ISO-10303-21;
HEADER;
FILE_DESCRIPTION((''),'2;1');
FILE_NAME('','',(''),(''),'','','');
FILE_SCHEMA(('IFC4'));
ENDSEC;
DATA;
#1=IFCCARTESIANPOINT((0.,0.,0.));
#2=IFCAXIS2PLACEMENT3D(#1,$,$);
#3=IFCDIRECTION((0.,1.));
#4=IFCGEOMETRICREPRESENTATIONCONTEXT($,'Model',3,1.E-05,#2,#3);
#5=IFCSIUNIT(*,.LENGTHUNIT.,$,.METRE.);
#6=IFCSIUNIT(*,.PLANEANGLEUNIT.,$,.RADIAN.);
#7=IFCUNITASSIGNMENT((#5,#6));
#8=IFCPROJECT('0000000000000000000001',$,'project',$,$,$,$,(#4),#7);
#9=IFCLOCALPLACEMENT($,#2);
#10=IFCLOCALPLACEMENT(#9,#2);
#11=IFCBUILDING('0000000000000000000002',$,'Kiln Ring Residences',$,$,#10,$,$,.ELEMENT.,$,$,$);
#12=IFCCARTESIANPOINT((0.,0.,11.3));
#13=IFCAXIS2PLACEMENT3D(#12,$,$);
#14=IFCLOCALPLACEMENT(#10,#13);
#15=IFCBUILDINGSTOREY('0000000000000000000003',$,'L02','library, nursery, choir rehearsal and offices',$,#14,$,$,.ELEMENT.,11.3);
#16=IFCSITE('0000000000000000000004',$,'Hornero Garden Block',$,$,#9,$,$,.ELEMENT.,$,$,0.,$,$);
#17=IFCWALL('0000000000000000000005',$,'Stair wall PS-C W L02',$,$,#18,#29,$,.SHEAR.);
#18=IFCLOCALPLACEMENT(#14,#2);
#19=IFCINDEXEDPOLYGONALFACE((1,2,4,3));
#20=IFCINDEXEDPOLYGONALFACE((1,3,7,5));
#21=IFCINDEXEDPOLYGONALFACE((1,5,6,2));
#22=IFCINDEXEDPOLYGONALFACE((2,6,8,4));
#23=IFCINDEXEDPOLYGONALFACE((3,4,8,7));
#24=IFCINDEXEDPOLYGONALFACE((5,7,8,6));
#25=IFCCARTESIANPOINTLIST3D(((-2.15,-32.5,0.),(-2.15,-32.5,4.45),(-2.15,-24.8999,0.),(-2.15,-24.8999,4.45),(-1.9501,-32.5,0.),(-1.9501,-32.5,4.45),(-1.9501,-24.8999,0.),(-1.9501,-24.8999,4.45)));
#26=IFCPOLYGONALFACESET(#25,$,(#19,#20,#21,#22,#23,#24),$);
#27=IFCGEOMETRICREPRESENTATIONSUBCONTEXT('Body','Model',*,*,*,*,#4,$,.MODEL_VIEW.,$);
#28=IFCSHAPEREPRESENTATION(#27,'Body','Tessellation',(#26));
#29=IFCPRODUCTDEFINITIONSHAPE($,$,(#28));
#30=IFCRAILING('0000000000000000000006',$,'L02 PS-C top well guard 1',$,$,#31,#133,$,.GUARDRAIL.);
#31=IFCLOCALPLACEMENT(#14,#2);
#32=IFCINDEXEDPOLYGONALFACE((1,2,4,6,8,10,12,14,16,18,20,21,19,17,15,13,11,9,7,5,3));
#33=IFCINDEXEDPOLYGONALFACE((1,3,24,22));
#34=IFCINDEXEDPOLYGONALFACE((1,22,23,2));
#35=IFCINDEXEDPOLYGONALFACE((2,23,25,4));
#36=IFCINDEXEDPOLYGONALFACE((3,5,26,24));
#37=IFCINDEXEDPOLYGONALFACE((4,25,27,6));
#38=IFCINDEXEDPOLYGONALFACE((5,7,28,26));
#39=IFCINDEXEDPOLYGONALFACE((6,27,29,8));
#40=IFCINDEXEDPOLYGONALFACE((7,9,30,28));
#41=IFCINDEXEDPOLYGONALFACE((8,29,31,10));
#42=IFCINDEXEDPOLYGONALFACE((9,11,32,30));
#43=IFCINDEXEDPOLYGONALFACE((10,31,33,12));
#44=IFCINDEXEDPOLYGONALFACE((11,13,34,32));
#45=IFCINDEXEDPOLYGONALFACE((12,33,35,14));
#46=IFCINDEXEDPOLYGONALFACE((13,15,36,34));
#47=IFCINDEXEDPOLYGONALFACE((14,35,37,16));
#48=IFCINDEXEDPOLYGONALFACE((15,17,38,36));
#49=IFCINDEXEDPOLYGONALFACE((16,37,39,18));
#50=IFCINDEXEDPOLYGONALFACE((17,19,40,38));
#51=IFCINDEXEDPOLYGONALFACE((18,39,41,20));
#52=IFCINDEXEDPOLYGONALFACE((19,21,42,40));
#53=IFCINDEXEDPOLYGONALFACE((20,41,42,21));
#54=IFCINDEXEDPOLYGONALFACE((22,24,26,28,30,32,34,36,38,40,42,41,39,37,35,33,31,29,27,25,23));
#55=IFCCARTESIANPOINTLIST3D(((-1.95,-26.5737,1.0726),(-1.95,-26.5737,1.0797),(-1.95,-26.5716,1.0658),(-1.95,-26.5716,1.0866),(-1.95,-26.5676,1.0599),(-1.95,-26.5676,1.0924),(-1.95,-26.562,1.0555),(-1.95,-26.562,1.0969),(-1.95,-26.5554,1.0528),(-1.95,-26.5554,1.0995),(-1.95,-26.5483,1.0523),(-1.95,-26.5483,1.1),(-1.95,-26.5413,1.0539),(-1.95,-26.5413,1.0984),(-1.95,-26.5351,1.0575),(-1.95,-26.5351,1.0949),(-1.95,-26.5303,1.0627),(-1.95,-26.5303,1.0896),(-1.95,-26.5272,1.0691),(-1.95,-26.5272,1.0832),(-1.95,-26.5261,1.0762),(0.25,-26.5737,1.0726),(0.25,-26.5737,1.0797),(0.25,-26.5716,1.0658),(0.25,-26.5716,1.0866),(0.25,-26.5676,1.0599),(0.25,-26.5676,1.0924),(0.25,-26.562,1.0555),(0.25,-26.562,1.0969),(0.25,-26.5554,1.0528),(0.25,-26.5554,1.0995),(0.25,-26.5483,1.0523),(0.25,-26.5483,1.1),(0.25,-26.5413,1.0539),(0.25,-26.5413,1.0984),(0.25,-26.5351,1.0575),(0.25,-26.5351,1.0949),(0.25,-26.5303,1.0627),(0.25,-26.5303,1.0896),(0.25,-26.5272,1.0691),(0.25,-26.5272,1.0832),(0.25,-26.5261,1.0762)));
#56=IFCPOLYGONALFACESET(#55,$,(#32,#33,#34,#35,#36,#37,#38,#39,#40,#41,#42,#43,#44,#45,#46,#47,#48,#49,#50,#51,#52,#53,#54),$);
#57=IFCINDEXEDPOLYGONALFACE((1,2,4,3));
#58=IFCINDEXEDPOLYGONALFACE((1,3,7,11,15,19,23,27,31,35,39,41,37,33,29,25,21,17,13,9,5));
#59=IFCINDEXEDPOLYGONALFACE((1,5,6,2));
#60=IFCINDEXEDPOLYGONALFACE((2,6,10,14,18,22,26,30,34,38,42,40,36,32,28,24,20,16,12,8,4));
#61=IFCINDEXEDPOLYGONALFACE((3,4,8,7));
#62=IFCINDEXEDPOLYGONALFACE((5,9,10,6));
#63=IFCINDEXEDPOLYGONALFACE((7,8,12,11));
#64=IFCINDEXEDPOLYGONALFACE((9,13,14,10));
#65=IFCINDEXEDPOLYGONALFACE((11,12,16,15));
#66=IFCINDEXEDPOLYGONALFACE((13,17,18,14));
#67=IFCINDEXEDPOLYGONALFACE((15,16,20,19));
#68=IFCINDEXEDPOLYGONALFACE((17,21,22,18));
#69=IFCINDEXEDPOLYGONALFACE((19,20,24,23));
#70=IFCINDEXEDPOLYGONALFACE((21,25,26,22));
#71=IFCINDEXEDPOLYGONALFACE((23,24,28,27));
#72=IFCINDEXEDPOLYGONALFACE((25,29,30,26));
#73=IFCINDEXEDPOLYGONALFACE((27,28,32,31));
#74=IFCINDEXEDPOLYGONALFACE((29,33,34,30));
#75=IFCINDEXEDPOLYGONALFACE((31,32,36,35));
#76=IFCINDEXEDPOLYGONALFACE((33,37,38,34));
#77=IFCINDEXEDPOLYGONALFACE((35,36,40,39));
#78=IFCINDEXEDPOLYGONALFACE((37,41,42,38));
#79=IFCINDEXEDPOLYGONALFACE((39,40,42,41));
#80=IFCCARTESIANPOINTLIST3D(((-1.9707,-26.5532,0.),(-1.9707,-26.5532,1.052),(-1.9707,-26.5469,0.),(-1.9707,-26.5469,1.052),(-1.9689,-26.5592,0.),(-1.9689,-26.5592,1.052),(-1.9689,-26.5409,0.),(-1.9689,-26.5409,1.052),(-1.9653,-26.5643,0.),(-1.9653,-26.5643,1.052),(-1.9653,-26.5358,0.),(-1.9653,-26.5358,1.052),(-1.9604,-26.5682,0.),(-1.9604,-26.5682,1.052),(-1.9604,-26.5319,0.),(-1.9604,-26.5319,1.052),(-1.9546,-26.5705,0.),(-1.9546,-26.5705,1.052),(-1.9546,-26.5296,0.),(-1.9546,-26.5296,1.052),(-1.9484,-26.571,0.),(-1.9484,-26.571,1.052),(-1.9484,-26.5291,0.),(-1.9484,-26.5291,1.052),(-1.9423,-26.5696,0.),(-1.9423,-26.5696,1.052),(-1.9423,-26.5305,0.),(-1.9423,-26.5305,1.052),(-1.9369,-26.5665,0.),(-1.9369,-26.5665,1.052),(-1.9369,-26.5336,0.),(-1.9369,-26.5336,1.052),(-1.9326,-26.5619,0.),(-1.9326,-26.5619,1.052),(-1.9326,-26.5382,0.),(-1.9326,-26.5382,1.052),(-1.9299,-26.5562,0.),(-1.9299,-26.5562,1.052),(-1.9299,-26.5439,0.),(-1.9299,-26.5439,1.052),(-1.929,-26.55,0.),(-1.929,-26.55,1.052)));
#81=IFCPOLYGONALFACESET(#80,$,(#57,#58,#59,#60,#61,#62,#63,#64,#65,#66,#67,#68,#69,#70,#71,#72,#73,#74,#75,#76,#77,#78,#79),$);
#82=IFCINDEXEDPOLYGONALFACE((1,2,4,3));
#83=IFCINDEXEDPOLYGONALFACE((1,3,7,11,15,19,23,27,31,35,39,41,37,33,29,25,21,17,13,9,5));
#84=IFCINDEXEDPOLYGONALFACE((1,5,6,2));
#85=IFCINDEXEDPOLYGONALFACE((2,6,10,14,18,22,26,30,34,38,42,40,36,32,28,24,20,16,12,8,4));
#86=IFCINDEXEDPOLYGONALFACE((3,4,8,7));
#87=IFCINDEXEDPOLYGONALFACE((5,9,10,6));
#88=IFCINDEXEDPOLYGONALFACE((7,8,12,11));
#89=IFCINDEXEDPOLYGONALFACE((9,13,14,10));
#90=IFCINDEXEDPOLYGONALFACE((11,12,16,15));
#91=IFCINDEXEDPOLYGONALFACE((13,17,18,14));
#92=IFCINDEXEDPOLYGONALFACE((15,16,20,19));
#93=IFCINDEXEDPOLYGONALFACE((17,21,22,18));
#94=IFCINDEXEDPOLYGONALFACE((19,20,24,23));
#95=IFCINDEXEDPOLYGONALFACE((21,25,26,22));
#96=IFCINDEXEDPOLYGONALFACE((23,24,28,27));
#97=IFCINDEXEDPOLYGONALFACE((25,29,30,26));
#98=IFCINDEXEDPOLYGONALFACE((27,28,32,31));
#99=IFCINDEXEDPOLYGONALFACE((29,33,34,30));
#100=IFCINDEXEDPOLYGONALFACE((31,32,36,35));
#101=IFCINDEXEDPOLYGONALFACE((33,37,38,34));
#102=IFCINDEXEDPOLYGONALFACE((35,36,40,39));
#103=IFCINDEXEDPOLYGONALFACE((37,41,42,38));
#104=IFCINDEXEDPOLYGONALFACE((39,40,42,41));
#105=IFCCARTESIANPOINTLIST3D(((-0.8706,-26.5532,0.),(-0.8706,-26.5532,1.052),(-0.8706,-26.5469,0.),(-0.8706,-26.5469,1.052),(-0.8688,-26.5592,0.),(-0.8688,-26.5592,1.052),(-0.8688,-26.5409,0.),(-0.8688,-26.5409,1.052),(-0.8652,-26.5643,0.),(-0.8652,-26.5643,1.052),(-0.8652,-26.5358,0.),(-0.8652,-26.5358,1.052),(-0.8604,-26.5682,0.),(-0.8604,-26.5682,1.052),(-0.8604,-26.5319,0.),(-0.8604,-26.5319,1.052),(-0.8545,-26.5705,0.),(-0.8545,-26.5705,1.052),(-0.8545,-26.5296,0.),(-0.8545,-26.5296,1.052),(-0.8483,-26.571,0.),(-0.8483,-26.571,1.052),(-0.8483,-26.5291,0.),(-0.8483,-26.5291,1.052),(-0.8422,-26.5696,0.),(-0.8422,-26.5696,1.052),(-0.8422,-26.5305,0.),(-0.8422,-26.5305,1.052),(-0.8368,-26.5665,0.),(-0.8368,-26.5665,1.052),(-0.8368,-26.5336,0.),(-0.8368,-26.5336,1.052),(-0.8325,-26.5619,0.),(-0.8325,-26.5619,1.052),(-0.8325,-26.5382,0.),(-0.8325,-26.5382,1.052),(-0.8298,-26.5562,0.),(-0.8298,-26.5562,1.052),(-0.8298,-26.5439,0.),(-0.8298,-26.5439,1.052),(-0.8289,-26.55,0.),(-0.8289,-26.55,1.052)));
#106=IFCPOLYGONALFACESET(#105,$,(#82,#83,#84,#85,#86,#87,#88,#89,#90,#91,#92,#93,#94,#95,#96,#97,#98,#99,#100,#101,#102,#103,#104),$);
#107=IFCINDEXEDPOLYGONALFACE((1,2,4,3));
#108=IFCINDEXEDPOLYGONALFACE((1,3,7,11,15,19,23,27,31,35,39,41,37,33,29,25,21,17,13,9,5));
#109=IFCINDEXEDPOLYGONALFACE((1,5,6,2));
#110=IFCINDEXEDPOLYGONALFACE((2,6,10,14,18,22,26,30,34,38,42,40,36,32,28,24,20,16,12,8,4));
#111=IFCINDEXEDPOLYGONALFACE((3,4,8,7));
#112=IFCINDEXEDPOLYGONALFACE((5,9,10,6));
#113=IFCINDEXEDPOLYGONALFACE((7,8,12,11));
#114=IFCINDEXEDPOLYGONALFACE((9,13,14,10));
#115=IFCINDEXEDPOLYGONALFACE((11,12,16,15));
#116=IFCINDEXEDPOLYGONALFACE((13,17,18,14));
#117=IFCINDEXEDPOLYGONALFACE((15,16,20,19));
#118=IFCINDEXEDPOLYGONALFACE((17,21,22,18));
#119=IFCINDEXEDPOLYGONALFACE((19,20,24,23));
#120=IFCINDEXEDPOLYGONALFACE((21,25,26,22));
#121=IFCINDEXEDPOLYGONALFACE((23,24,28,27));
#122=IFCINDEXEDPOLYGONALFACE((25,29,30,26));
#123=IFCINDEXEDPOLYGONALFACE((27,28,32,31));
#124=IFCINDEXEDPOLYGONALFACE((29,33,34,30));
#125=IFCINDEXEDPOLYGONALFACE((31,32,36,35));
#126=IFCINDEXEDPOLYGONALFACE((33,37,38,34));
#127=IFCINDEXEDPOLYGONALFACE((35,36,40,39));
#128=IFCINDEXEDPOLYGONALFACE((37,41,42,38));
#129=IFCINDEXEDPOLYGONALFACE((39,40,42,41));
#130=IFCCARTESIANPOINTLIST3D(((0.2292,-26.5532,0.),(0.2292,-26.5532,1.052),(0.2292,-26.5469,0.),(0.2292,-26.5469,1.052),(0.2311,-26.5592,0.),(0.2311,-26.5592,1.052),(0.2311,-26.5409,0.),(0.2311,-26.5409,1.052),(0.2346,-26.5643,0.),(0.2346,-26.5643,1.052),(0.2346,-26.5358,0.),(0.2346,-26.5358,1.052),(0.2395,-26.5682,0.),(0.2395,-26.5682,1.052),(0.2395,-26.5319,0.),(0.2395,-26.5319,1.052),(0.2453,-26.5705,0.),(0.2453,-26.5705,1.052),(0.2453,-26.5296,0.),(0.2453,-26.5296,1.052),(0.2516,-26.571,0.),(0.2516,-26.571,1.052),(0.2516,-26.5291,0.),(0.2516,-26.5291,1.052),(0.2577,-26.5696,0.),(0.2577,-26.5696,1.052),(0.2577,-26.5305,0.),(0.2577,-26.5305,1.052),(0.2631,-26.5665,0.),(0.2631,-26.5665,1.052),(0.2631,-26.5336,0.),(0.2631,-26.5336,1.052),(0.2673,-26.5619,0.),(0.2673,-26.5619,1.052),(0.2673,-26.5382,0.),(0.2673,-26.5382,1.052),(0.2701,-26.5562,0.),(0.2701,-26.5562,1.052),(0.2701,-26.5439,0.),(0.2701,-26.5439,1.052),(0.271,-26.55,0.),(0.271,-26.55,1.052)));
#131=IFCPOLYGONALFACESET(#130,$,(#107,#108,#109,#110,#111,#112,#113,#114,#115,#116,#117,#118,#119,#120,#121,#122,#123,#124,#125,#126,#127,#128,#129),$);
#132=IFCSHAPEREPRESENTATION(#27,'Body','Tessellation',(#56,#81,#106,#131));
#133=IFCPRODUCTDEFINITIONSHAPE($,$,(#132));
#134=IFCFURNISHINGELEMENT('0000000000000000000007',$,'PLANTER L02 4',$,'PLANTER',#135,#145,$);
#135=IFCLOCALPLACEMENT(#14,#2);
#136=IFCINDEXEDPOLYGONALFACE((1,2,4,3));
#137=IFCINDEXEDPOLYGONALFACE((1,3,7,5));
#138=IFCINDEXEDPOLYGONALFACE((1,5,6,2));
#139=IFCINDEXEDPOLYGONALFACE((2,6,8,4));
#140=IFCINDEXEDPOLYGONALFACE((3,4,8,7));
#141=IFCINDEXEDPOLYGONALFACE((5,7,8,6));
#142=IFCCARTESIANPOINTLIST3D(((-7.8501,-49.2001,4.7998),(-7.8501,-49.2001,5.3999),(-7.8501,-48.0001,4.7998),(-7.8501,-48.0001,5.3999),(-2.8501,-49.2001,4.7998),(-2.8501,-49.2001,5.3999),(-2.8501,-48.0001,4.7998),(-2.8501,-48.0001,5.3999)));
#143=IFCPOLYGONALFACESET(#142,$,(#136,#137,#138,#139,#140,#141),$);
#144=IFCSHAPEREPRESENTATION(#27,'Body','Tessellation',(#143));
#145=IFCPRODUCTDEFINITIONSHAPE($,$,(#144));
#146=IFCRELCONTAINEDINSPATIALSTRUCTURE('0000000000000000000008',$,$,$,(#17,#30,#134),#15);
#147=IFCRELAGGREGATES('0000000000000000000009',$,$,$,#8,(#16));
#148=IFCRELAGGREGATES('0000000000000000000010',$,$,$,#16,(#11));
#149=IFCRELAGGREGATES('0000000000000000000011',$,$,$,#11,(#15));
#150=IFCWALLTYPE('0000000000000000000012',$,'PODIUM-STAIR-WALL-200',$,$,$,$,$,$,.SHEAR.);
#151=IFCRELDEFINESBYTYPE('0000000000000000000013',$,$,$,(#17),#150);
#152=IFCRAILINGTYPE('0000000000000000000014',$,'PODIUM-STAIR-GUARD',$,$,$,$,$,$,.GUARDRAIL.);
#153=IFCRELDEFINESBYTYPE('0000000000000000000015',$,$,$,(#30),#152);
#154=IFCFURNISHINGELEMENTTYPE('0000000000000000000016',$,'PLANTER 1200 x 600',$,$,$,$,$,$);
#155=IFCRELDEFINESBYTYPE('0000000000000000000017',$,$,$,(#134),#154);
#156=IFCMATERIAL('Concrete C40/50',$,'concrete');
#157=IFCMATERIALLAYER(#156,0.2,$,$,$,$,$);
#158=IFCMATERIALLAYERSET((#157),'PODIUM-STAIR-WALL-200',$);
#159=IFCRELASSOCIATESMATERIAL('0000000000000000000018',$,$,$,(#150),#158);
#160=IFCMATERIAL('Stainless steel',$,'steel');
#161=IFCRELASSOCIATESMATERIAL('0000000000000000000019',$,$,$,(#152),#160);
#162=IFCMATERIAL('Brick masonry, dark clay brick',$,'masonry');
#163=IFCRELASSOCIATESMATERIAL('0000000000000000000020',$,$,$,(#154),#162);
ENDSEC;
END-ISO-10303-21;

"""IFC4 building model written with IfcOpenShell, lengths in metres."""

from ifc_helpers import new_model, si_unit, direction, frame, frame_2d, origin, origin_2d, place, context, subcontext, project, spatial, rectangle, circle, extrude, material, layer, layer_set, type_object, element, save


model = new_model("IFC4")

# Units and contexts
model_context = context("Model", 3, precision=1e-05, world=origin(), true_north=direction((0.0, 1.0)))
body_context = subcontext(model_context, "Body", "Model", "MODEL_VIEW")
ifc_project = project(units=[si_unit("LENGTHUNIT", "METRE"), si_unit("PLANEANGLEUNIT", "RADIAN")], contexts=[model_context])

# Site, building, storey
site_placement = place(None, origin())
site = spatial("IfcSite", under=ifc_project, at=site_placement, Name="Hornero Garden Block", CompositionType="ELEMENT", RefElevation=0.0)
building_placement = place(site_placement, origin())
building = spatial("IfcBuilding", under=site, at=building_placement, Name="Kiln Ring Residences", CompositionType="ELEMENT")
storey_placement = place(building_placement, frame((0.0, 0.0, 11.3)))
storey = spatial("IfcBuildingStorey", under=building, at=storey_placement, Name="L02", Description="library, nursery, choir rehearsal and offices", CompositionType="ELEMENT", Elevation=11.3)

# Shared definitions
ifc_material_1 = material(Name="Concrete C40/50", Category="concrete")
ifc_layer_1 = layer(ifc_material_1, 0.2)
ifc_layer_set_1 = layer_set([ifc_layer_1], Name="PODIUM-STAIR-WALL-200")
wall_type_1 = type_object("IfcWallType", Name="PODIUM-STAIR-WALL-200", PredefinedType="SHEAR", material=ifc_layer_set_1)

# Wall
wall_1_placement = place(storey_placement, frame((-2.05, -32.5, 0.0), z_axis=(0.0, 0.0, 1.0), x_axis=(0.0, 1.0, 0.0)))
element("IfcWall", 1, at=wall_1_placement, inside=storey, type_object=wall_type_1, Name="Stair wall PS-C W L02", PredefinedType="SHEAR", context=body_context, shape_type="SweptSolid", body=[
    extrude(rectangle(XDim=7.6001, YDim=0.2, at=frame_2d((3.8, 0.0))), origin(), (0.0, 0.0, 1.0), 4.45),
])

# Railing
ifc_material_2 = material(Name="Stainless steel", Category="steel")
railing_type = type_object("IfcRailingType", Name="PODIUM-STAIR-GUARD", PredefinedType="GUARDRAIL", material=ifc_material_2)
railing_placement = place(storey_placement, frame((-1.95, -26.55, 0.0)))
element("IfcRailing", 2, at=railing_placement, inside=storey, type_object=railing_type, Name="L02 PS-C top well guard 1", PredefinedType="GUARDRAIL", context=body_context, shape_type="SweptSolid", body=[
    extrude(circle(Radius=0.0239, at=origin_2d()), frame((0.0, 0.0, 1.0762), z_axis=(1.0, 0.0, 0.0), x_axis=(0.0, 1.0, 0.0)), (0.0, 0.0, 1.0), 2.2),
    extrude(circle(Radius=0.021, at=origin_2d()), origin(), (0.0, 0.0, 1.0), 1.052),
    extrude(circle(Radius=0.021, at=origin_2d()), frame((1.1001, 0.0, 0.0)), (0.0, 0.0, 1.0), 1.052),
    extrude(circle(Radius=0.021, at=origin_2d()), frame((2.2, 0.0, 0.0)), (0.0, 0.0, 1.0), 1.052),
])

# Furnishing element
ifc_material_3 = material(Name="Brick masonry, dark clay brick", Category="masonry")
furnishing_element_type = type_object("IfcFurnishingElementType", Name="PLANTER 1200 x 600", material=ifc_material_3)
furnishing_placement = place(storey_placement, frame((-5.3501, -48.6001, 4.7998), z_axis=(0.0, 0.0, 1.0), x_axis=(1.0, 0.0, 0.0)))
element("IfcFurnishingElement", 3, at=furnishing_placement, inside=storey, type_object=furnishing_element_type, Name="PLANTER L02 4", ObjectType="PLANTER", context=body_context, shape_type="SweptSolid", body=[
    extrude(rectangle(XDim=5.0, YDim=1.2, at=origin_2d()), origin(), (0.0, 0.0, 1.0), 0.6001),
])

save(model, "model.ifc")
